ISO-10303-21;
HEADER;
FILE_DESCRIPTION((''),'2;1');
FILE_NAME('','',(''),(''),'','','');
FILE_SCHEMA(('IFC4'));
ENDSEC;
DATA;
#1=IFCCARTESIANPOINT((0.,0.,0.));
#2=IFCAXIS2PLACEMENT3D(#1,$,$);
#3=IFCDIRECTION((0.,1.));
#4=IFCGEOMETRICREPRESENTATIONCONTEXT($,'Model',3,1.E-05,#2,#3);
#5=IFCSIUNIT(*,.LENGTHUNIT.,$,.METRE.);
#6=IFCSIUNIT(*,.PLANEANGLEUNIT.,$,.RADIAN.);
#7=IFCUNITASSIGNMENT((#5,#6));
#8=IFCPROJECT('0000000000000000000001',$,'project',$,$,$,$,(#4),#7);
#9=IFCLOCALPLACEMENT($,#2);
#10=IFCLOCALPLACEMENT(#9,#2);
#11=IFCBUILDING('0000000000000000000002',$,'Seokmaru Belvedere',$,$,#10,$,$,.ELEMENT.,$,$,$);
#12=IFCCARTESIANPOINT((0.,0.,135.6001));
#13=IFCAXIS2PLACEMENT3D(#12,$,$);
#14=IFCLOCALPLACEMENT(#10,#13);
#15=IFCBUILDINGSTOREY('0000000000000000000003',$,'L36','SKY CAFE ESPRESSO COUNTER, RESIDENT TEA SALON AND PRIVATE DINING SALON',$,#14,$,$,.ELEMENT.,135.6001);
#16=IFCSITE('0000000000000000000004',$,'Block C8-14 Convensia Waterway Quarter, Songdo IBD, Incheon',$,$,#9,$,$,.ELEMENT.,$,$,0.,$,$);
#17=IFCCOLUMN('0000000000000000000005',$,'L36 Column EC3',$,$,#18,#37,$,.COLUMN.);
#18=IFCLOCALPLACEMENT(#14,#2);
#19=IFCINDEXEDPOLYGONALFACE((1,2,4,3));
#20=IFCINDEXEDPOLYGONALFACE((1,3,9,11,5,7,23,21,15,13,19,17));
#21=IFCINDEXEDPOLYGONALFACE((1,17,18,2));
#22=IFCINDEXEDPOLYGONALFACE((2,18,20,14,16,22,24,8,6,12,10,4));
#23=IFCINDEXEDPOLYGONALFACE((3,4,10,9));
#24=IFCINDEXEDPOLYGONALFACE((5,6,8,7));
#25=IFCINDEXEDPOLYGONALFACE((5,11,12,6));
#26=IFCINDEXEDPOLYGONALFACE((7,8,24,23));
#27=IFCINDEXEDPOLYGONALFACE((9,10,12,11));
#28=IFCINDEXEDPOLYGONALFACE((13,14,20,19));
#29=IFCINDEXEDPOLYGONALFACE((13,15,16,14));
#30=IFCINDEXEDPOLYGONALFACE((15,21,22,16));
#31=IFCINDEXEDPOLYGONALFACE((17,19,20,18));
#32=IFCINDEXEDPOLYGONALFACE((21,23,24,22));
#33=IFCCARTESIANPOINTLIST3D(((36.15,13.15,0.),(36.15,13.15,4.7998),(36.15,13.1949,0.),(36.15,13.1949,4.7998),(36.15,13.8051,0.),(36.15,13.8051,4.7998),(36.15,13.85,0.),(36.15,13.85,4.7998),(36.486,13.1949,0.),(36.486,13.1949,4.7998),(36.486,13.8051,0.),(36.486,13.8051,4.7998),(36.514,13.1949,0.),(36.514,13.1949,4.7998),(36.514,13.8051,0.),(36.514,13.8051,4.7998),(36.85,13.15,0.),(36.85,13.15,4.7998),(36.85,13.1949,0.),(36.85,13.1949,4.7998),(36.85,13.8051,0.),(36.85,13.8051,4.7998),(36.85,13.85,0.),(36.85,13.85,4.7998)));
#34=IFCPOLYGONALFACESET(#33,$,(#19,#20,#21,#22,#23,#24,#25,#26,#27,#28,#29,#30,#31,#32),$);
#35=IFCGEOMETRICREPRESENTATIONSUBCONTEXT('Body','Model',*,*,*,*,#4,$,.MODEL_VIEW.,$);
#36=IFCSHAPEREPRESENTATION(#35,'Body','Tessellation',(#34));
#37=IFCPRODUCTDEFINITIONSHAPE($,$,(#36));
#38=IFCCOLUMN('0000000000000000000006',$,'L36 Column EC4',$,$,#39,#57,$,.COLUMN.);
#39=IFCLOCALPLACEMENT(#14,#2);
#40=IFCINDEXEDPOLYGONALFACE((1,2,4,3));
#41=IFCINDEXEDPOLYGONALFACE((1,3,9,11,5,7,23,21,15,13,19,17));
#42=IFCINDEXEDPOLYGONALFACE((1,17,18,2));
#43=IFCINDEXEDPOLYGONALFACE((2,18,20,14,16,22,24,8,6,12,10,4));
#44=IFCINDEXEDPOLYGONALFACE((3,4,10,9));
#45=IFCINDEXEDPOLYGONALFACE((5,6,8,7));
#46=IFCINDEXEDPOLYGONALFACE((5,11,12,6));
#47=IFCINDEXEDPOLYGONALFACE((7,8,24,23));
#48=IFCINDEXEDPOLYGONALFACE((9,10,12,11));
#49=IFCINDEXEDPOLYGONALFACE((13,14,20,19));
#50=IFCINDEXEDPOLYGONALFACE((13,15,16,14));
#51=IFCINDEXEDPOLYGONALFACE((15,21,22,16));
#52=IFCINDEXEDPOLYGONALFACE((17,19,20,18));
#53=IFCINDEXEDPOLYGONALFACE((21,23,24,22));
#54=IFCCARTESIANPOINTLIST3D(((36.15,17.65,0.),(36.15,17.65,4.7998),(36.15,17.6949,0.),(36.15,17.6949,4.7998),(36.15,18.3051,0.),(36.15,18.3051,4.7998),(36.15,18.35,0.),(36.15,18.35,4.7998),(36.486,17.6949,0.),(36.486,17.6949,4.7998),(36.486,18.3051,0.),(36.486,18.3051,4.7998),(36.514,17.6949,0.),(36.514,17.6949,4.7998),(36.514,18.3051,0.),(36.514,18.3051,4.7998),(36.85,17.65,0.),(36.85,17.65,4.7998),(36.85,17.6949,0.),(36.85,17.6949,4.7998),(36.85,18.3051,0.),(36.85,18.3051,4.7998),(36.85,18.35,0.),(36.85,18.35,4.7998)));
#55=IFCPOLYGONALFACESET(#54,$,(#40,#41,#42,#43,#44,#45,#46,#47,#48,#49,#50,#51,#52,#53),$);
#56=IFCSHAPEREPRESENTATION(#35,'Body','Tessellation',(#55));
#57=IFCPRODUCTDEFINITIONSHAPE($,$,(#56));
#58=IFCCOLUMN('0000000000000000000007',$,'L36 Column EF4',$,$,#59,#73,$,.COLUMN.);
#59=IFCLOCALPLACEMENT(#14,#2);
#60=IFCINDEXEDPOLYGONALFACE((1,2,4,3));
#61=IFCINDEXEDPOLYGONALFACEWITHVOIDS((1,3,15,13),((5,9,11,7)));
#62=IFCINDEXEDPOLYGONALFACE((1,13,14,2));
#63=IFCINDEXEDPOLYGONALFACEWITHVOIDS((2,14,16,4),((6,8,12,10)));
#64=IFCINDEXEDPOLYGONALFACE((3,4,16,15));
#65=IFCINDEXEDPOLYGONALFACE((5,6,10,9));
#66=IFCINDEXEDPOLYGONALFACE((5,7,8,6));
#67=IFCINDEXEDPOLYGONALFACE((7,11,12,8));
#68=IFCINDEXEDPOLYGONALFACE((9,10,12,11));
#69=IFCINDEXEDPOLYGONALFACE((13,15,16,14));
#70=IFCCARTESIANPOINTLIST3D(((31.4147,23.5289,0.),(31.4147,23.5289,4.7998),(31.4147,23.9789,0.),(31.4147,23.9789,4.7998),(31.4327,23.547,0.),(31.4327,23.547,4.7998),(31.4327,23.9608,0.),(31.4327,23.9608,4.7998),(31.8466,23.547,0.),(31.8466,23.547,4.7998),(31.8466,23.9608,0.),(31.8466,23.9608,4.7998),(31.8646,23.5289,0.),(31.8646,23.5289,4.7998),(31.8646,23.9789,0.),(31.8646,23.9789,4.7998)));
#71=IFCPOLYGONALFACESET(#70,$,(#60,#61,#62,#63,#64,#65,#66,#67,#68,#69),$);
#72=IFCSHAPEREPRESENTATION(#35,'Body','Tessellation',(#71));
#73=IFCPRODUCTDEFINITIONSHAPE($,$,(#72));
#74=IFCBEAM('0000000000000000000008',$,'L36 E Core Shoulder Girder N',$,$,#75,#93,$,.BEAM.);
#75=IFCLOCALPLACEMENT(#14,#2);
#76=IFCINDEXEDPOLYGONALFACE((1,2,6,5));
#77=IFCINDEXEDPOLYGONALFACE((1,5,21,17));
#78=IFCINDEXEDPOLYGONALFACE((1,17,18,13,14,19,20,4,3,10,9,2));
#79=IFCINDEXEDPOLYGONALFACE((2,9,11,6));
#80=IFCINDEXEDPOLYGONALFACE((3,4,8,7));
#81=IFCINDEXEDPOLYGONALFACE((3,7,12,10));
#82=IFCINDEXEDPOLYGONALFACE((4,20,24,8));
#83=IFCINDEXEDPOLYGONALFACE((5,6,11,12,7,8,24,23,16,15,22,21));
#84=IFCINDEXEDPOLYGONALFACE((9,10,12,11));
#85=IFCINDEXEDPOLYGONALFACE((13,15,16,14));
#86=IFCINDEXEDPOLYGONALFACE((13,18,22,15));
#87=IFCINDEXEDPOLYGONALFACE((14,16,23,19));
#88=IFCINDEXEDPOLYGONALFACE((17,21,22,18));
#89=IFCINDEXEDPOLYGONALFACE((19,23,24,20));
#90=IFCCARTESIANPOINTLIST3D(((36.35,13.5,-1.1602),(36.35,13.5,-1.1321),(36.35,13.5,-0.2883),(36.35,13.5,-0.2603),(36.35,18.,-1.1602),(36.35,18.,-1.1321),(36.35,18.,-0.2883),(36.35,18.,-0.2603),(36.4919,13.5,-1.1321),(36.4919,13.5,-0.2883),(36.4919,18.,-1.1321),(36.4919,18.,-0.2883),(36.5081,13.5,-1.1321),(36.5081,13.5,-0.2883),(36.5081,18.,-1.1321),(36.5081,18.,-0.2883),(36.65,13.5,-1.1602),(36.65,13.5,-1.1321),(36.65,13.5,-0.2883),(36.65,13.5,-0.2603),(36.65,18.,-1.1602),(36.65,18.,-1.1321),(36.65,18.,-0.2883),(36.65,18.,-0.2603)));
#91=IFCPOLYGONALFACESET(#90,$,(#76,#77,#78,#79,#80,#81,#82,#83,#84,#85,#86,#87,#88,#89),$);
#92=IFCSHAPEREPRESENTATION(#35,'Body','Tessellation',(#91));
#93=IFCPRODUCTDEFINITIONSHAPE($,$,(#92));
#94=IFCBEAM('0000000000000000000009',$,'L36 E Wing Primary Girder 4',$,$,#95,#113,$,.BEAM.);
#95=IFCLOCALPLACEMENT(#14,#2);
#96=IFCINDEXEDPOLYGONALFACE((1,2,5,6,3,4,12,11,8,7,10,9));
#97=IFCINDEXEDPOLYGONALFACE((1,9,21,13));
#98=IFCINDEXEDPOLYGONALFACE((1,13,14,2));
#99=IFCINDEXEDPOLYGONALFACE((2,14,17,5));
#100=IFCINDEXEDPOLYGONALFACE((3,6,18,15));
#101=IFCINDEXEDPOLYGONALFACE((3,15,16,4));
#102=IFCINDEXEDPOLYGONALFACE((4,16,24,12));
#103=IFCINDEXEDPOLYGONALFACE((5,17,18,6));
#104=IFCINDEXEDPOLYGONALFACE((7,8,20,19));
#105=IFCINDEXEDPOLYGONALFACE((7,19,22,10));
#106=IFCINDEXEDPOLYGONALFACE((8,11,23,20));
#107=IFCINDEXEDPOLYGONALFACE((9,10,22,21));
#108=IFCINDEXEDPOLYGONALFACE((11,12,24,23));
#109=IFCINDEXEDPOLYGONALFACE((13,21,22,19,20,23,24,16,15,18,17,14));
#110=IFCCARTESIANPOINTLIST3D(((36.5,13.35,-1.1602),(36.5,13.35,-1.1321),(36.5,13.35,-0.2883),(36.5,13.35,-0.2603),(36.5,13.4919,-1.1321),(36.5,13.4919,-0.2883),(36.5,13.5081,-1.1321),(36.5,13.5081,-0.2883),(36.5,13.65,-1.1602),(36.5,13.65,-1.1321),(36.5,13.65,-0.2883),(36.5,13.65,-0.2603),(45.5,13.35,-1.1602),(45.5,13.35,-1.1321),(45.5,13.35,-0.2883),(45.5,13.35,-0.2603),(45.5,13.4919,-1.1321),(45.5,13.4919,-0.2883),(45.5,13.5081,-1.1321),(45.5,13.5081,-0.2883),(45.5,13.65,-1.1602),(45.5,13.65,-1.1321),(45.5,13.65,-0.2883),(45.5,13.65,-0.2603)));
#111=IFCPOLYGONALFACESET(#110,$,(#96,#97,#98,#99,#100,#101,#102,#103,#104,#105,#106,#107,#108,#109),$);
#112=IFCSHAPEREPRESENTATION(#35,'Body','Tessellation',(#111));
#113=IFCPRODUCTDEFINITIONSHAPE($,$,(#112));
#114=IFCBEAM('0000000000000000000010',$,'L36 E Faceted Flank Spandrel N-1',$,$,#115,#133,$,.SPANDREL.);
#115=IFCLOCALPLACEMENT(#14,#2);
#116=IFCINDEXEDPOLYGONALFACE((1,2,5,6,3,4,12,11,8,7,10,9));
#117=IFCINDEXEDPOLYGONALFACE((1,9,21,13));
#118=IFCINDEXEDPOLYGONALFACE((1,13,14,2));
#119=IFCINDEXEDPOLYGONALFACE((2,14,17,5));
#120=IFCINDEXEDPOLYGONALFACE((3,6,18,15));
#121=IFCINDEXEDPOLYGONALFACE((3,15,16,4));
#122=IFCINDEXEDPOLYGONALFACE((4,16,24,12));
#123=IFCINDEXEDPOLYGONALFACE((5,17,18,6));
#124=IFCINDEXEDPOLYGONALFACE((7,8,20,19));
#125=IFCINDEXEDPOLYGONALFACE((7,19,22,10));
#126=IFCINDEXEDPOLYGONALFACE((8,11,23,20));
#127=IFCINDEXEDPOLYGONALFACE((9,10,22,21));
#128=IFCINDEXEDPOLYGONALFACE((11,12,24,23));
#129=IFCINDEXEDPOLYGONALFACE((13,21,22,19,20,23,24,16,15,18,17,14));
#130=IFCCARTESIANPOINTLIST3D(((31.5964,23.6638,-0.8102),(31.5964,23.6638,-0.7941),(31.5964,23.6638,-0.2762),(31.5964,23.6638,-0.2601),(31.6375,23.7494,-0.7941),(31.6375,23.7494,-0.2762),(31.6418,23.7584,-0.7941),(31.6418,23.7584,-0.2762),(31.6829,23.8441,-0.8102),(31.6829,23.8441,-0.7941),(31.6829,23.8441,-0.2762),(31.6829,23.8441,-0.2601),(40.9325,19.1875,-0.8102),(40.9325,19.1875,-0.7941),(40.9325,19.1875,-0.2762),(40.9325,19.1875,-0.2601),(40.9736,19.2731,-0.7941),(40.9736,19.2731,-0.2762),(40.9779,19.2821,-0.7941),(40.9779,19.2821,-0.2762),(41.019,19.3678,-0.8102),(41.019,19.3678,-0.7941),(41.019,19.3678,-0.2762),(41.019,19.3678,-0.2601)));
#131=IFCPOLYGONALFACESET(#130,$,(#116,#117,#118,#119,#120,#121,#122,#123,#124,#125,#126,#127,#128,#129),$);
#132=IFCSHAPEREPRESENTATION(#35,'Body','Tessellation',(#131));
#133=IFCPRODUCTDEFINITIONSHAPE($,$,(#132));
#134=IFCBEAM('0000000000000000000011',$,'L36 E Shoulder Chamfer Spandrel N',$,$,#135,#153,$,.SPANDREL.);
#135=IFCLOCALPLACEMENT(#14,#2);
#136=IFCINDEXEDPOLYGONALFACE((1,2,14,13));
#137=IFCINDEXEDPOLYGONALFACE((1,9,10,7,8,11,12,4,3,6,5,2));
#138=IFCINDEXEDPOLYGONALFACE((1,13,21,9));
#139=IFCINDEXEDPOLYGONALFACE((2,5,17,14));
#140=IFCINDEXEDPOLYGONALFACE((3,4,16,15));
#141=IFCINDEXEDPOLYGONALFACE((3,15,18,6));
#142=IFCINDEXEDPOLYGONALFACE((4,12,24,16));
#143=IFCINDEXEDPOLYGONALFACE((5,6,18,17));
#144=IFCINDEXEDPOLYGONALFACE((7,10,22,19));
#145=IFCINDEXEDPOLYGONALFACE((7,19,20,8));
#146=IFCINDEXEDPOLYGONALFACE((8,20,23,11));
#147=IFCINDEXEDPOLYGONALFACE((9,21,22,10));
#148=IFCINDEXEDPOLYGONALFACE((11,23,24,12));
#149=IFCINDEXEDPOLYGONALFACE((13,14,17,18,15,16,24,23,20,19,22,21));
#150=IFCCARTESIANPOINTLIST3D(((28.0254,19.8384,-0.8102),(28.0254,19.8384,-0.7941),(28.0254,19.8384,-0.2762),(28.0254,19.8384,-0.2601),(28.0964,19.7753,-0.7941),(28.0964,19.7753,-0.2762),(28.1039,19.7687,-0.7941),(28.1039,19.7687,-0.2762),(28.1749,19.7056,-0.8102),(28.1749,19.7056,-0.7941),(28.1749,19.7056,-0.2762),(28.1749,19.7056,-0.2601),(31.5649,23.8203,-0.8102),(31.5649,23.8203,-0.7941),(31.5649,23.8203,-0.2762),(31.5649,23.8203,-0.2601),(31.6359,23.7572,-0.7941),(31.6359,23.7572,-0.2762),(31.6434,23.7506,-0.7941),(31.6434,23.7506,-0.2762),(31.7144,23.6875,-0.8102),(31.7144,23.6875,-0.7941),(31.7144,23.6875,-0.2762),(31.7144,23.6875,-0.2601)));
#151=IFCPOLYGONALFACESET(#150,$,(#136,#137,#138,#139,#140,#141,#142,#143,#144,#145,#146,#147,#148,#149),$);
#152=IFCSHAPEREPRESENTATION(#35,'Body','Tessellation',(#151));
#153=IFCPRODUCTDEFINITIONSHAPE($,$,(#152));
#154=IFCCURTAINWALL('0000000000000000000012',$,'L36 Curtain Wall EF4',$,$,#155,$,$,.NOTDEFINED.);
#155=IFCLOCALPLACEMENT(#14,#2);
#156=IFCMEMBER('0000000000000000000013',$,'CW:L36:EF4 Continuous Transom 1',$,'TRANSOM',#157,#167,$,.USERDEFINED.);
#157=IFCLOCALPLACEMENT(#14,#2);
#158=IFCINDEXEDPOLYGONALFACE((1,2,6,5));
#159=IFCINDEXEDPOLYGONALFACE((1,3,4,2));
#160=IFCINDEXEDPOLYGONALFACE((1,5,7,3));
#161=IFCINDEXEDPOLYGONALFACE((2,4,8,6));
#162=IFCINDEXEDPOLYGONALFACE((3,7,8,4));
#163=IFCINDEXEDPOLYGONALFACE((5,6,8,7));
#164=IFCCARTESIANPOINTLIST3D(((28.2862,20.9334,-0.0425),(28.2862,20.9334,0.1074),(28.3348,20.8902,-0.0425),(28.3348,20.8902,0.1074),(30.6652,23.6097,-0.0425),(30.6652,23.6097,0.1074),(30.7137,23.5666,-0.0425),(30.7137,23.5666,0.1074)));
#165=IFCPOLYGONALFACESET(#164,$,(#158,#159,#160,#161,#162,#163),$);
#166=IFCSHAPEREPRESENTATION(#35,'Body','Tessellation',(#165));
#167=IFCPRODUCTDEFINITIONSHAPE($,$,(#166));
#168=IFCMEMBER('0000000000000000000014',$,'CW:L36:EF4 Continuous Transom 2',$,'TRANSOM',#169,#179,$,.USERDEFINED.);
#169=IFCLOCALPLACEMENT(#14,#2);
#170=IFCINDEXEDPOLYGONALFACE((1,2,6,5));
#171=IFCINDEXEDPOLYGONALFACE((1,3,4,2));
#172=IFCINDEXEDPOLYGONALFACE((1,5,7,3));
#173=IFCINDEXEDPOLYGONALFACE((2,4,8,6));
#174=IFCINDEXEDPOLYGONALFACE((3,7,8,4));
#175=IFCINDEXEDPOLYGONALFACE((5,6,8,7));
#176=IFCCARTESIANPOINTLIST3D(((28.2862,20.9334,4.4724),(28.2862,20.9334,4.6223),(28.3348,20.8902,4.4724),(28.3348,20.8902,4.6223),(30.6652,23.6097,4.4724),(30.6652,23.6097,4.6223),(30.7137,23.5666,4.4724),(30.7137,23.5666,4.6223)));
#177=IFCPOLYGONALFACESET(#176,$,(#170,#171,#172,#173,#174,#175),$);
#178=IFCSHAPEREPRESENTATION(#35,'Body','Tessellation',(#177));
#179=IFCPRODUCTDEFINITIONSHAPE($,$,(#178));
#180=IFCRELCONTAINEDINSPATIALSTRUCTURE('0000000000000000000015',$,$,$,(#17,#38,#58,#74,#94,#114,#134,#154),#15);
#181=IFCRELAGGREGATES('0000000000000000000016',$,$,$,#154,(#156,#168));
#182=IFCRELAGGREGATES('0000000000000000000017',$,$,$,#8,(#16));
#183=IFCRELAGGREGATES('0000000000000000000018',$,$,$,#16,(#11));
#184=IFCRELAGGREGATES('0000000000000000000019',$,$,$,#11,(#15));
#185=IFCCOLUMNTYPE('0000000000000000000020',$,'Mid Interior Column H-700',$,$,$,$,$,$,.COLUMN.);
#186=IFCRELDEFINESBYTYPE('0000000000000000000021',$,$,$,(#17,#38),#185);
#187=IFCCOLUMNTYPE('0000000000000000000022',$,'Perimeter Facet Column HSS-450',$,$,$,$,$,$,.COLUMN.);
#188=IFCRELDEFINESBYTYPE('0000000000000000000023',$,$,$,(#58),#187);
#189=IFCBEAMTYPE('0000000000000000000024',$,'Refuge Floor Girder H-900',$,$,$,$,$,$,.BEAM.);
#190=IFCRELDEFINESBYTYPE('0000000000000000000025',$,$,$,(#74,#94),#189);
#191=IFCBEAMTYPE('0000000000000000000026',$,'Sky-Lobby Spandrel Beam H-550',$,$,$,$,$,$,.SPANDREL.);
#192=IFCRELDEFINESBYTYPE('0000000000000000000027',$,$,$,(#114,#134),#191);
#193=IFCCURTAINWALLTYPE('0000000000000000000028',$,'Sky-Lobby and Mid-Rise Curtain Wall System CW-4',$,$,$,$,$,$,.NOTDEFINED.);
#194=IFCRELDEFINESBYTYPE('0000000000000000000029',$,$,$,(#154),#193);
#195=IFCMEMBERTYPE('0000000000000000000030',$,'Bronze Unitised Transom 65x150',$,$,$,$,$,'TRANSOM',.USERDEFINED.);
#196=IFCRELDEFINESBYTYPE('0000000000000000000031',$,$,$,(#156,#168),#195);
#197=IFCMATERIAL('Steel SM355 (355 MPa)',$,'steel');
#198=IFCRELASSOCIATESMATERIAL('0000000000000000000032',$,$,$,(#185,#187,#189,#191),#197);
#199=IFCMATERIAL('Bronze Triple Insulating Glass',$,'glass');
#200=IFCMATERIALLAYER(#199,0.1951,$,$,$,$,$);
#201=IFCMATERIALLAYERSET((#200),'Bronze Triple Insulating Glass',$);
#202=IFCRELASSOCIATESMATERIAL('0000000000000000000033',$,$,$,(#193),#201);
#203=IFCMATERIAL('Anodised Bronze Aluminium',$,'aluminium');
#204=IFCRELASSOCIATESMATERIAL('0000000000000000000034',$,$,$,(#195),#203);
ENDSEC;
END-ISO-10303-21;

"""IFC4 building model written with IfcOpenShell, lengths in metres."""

from ifc_helpers import new_model, si_unit, direction, frame, origin, origin_2d, place, context, subcontext, project, spatial, rectangle, hollow_rectangle, i_section, extrude, source, transform, mapped, material, layer, layer_set, material_profile, profile_set, type_object, type_shapes, element, aggregate, save


model = new_model("IFC4")

# Units and contexts
model_context = context("Model", 3, precision=1e-05, world=origin(), true_north=direction((0.0, 1.0)))
body_context = subcontext(model_context, "Body", "Model", "MODEL_VIEW")
ifc_project = project(units=[si_unit("LENGTHUNIT", "METRE"), si_unit("PLANEANGLEUNIT", "RADIAN")], contexts=[model_context])

# Site, building, storey
site_placement = place(None, origin())
site = spatial("IfcSite", under=ifc_project, at=site_placement, Name="Block C8-14 Convensia Waterway Quarter, Songdo IBD, Incheon", CompositionType="ELEMENT", RefElevation=0.0)
building_placement = place(site_placement, origin())
building = spatial("IfcBuilding", under=site, at=building_placement, Name="Seokmaru Belvedere", CompositionType="ELEMENT")
storey_placement = place(building_placement, frame((0.0, 0.0, 135.6001)))
storey = spatial("IfcBuildingStorey", under=building, at=storey_placement, Name="L36", Description="SKY CAFE ESPRESSO COUNTER, RESIDENT TEA SALON AND PRIVATE DINING SALON", CompositionType="ELEMENT", Elevation=135.6001)

# Columns
ifc_material_1 = material(Name="Steel SM355 (355 MPa)", Category="steel")
ifc_material_profile_1 = material_profile(ifc_material_1, i_section(OverallWidth=0.7, OverallDepth=0.7, WebThickness=0.0281, FlangeThickness=0.0449, at=origin_2d()), Name="H-700x700x28x45")
ifc_profile_set_1 = profile_set([ifc_material_profile_1], Name="Steel SM355 (355 MPa)")
column_type_1 = type_object("IfcColumnType", Name="Mid Interior Column H-700", PredefinedType="COLUMN", material=ifc_profile_set_1)
shared_shape_1 = source(origin(), body_context, "Body", "SweptSolid", [
    extrude(i_section(OverallWidth=0.7, OverallDepth=0.7, WebThickness=0.0281, FlangeThickness=0.0449, at=origin_2d()), origin(), (0.0, 0.0, 1.0), 4.7998),
])
type_shapes(column_type_1, [shared_shape_1])
for number, where, z_axis, x_axis, name in (
    (1, (36.5, 13.5, 0.0), (0.0, 0.0, 1.0), (1.0, 0.0, 0.0), "L36 Column EC3"),
    (2, (36.5, 18.0, 0.0), (0.0, 0.0, 1.0), (1.0, 0.0, 0.0), "L36 Column EC4"),
):
    element("IfcColumn", number, at=place(storey_placement, frame(where, z_axis=z_axis, x_axis=x_axis)), inside=storey, type_object=column_type_1, Name=name, PredefinedType="COLUMN", context=body_context, shape_type="MappedRepresentation", body=[
        mapped(shared_shape_1, transform((0.0, 0.0, 0.0), scale=1.0)),
    ])
ifc_material_profile_2 = material_profile(ifc_material_1, hollow_rectangle(XDim=0.45, YDim=0.45, WallThickness=0.0181, at=origin_2d()), Name="HSS-450x450x18")
ifc_profile_set_2 = profile_set([ifc_material_profile_2], Name="Steel SM355 (355 MPa)")
column_type_2 = type_object("IfcColumnType", Name="Perimeter Facet Column HSS-450", PredefinedType="COLUMN", material=ifc_profile_set_2)
shared_shape_2 = source(origin(), body_context, "Body", "SweptSolid", [
    extrude(hollow_rectangle(XDim=0.45, YDim=0.45, WallThickness=0.0181, at=origin_2d()), origin(), (0.0, 0.0, 1.0), 4.7998),
])
type_shapes(column_type_2, [shared_shape_2])
column_placement = place(storey_placement, frame((31.6396, 23.7539, 0.0), z_axis=(0.0, 0.0, 1.0), x_axis=(1.0, 0.0, 0.0)))
element("IfcColumn", 3, at=column_placement, inside=storey, type_object=column_type_2, Name="L36 Column EF4", PredefinedType="COLUMN", context=body_context, shape_type="MappedRepresentation", body=[
    mapped(shared_shape_2, transform((0.0, 0.0, 0.0), scale=1.0)),
])

# Beams
ifc_material_profile_3 = material_profile(ifc_material_1, i_section(OverallWidth=0.3, OverallDepth=0.8999, WebThickness=0.0161, FlangeThickness=0.0281, at=origin_2d()), Name="H-900x300x16x28")
ifc_profile_set_3 = profile_set([ifc_material_profile_3], Name="Steel SM355 (355 MPa)")
beam_type_1 = type_object("IfcBeamType", Name="Refuge Floor Girder H-900", PredefinedType="BEAM", material=ifc_profile_set_3)
shared_shape_3 = source(origin(), body_context, "Body", "SweptSolid", [
    extrude(i_section(OverallWidth=0.3, OverallDepth=0.8999, WebThickness=0.0161, FlangeThickness=0.0281, at=origin_2d()), origin(), (0.0, 0.0, 1.0), 4.5),
])
beam_1_placement = place(storey_placement, frame((36.5, 13.5, -0.7102), z_axis=(0.0, 1.0, 0.0), x_axis=(-1.0, 0.0, 0.0)))
element("IfcBeam", 4, at=beam_1_placement, inside=storey, type_object=beam_type_1, Name="L36 E Core Shoulder Girder N", PredefinedType="BEAM", context=body_context, shape_type="MappedRepresentation", body=[
    mapped(shared_shape_3, transform((0.0, 0.0, 0.0), scale=1.0)),
])
shared_shape_4 = source(origin(), body_context, "Body", "SweptSolid", [
    extrude(i_section(OverallWidth=0.3, OverallDepth=0.8999, WebThickness=0.0161, FlangeThickness=0.0281, at=origin_2d()), origin(), (0.0, 0.0, 1.0), 9.0),
])
type_shapes(beam_type_1, [shared_shape_3, shared_shape_4])
beam_2_placement = place(storey_placement, frame((36.5, 13.5, -0.7102), z_axis=(1.0, 0.0, 0.0), x_axis=(0.0, 1.0, 0.0)))
element("IfcBeam", 5, at=beam_2_placement, inside=storey, type_object=beam_type_1, Name="L36 E Wing Primary Girder 4", PredefinedType="BEAM", context=body_context, shape_type="MappedRepresentation", body=[
    mapped(shared_shape_4, transform((0.0, 0.0, 0.0), scale=1.0)),
])
ifc_material_profile_4 = material_profile(ifc_material_1, i_section(OverallWidth=0.2, OverallDepth=0.55, WebThickness=0.01, FlangeThickness=0.0161, at=origin_2d()), Name="H-550x200x10x16")
ifc_profile_set_4 = profile_set([ifc_material_profile_4], Name="Steel SM355 (355 MPa)")
beam_type_2 = type_object("IfcBeamType", Name="Sky-Lobby Spandrel Beam H-550", PredefinedType="SPANDREL", material=ifc_profile_set_4)
shared_shape_5 = source(origin(), body_context, "Body", "SweptSolid", [
    extrude(i_section(OverallWidth=0.2, OverallDepth=0.55, WebThickness=0.01, FlangeThickness=0.0161, at=origin_2d()), origin(), (0.0, 0.0, 1.0), 10.3538),
])
beam_3_placement = place(storey_placement, frame((31.6396, 23.7539, -0.5352), z_axis=(0.901713, -0.432335, 0.0), x_axis=(0.432335, 0.901713, 0.0)))
element("IfcBeam", 6, at=beam_3_placement, inside=storey, type_object=beam_type_2, Name="L36 E Faceted Flank Spandrel N-1", PredefinedType="SPANDREL", context=body_context, shape_type="MappedRepresentation", body=[
    mapped(shared_shape_5, transform((0.0, 0.0, 0.0), scale=1.0)),
])
shared_shape_6 = source(origin(), body_context, "Body", "SweptSolid", [
    extrude(i_section(OverallWidth=0.2, OverallDepth=0.55, WebThickness=0.01, FlangeThickness=0.0161, at=origin_2d()), origin(), (0.0, 0.0, 1.0), 5.3276),
])
type_shapes(beam_type_2, [shared_shape_5, shared_shape_6])
beam_4_placement = place(storey_placement, frame((31.6396, 23.7539, -0.5352), z_axis=(-0.66437, -0.747404, 0.0), x_axis=(0.747404, -0.66437, 0.0)))
element("IfcBeam", 7, at=beam_4_placement, inside=storey, type_object=beam_type_2, Name="L36 E Shoulder Chamfer Spandrel N", PredefinedType="SPANDREL", context=body_context, shape_type="MappedRepresentation", body=[
    mapped(shared_shape_6, transform((0.0, 0.0, 0.0), scale=1.0)),
])

# Curtain wall, members
ifc_material_2 = material(Name="Bronze Triple Insulating Glass", Category="glass")
ifc_layer_1 = layer(ifc_material_2, 0.1951)
ifc_layer_set_1 = layer_set([ifc_layer_1], Name="Bronze Triple Insulating Glass")
curtain_wall_type = type_object("IfcCurtainWallType", Name="Sky-Lobby and Mid-Rise Curtain Wall System CW-4", PredefinedType="NOTDEFINED", material=ifc_layer_set_1)
curtain_wall_1_placement = place(storey_placement, origin())
curtain_wall_1 = element("IfcCurtainWall", 8, at=curtain_wall_1_placement, inside=storey, type_object=curtain_wall_type, Name="L36 Curtain Wall EF4", PredefinedType="NOTDEFINED")
ifc_material_3 = material(Name="Anodised Bronze Aluminium", Category="aluminium")
ifc_material_profile_5 = material_profile(ifc_material_3, rectangle(XDim=0.0649, YDim=0.1499, at=origin_2d()), Name="CW-T-65x150")
ifc_profile_set_5 = profile_set([ifc_material_profile_5], Name="Anodised Bronze Aluminium")
member_type_1 = type_object("IfcMemberType", Name="Bronze Unitised Transom 65x150", ElementType="TRANSOM", PredefinedType="USERDEFINED", material=ifc_profile_set_5)
shared_shape_7 = source(origin(), body_context, "Body", "SweptSolid", [
    extrude(rectangle(XDim=0.0649, YDim=0.1499, at=origin_2d()), origin(), (0.0, 0.0, 1.0), 3.5808),
])
member_1_placement = place(storey_placement, frame((30.6895, 23.5881, 0.0325), z_axis=(-0.664364, -0.747409, 0.0), x_axis=(0.747409, -0.664364, 0.0)))
member_1 = element("IfcMember", 9, at=member_1_placement, type_object=member_type_1, Name="CW:L36:EF4 Continuous Transom 1", ObjectType="TRANSOM", PredefinedType="USERDEFINED", context=body_context, shape_type="MappedRepresentation", body=[
    mapped(shared_shape_7, transform((0.0, 0.0, 0.0), scale=1.0)),
])
member_2_placement = place(storey_placement, frame((30.6895, 23.5881, 4.5474), z_axis=(-0.664364, -0.747409, 0.0), x_axis=(0.747409, -0.664364, 0.0)))
member_2 = element("IfcMember", 10, at=member_2_placement, type_object=member_type_1, Name="CW:L36:EF4 Continuous Transom 2", ObjectType="TRANSOM", PredefinedType="USERDEFINED", context=body_context, shape_type="MappedRepresentation", body=[
    mapped(shared_shape_7, transform((0.0, 0.0, 0.0), scale=1.0)),
])

aggregate(curtain_wall_1, [member_1, member_2])

save(model, "model.ifc")
